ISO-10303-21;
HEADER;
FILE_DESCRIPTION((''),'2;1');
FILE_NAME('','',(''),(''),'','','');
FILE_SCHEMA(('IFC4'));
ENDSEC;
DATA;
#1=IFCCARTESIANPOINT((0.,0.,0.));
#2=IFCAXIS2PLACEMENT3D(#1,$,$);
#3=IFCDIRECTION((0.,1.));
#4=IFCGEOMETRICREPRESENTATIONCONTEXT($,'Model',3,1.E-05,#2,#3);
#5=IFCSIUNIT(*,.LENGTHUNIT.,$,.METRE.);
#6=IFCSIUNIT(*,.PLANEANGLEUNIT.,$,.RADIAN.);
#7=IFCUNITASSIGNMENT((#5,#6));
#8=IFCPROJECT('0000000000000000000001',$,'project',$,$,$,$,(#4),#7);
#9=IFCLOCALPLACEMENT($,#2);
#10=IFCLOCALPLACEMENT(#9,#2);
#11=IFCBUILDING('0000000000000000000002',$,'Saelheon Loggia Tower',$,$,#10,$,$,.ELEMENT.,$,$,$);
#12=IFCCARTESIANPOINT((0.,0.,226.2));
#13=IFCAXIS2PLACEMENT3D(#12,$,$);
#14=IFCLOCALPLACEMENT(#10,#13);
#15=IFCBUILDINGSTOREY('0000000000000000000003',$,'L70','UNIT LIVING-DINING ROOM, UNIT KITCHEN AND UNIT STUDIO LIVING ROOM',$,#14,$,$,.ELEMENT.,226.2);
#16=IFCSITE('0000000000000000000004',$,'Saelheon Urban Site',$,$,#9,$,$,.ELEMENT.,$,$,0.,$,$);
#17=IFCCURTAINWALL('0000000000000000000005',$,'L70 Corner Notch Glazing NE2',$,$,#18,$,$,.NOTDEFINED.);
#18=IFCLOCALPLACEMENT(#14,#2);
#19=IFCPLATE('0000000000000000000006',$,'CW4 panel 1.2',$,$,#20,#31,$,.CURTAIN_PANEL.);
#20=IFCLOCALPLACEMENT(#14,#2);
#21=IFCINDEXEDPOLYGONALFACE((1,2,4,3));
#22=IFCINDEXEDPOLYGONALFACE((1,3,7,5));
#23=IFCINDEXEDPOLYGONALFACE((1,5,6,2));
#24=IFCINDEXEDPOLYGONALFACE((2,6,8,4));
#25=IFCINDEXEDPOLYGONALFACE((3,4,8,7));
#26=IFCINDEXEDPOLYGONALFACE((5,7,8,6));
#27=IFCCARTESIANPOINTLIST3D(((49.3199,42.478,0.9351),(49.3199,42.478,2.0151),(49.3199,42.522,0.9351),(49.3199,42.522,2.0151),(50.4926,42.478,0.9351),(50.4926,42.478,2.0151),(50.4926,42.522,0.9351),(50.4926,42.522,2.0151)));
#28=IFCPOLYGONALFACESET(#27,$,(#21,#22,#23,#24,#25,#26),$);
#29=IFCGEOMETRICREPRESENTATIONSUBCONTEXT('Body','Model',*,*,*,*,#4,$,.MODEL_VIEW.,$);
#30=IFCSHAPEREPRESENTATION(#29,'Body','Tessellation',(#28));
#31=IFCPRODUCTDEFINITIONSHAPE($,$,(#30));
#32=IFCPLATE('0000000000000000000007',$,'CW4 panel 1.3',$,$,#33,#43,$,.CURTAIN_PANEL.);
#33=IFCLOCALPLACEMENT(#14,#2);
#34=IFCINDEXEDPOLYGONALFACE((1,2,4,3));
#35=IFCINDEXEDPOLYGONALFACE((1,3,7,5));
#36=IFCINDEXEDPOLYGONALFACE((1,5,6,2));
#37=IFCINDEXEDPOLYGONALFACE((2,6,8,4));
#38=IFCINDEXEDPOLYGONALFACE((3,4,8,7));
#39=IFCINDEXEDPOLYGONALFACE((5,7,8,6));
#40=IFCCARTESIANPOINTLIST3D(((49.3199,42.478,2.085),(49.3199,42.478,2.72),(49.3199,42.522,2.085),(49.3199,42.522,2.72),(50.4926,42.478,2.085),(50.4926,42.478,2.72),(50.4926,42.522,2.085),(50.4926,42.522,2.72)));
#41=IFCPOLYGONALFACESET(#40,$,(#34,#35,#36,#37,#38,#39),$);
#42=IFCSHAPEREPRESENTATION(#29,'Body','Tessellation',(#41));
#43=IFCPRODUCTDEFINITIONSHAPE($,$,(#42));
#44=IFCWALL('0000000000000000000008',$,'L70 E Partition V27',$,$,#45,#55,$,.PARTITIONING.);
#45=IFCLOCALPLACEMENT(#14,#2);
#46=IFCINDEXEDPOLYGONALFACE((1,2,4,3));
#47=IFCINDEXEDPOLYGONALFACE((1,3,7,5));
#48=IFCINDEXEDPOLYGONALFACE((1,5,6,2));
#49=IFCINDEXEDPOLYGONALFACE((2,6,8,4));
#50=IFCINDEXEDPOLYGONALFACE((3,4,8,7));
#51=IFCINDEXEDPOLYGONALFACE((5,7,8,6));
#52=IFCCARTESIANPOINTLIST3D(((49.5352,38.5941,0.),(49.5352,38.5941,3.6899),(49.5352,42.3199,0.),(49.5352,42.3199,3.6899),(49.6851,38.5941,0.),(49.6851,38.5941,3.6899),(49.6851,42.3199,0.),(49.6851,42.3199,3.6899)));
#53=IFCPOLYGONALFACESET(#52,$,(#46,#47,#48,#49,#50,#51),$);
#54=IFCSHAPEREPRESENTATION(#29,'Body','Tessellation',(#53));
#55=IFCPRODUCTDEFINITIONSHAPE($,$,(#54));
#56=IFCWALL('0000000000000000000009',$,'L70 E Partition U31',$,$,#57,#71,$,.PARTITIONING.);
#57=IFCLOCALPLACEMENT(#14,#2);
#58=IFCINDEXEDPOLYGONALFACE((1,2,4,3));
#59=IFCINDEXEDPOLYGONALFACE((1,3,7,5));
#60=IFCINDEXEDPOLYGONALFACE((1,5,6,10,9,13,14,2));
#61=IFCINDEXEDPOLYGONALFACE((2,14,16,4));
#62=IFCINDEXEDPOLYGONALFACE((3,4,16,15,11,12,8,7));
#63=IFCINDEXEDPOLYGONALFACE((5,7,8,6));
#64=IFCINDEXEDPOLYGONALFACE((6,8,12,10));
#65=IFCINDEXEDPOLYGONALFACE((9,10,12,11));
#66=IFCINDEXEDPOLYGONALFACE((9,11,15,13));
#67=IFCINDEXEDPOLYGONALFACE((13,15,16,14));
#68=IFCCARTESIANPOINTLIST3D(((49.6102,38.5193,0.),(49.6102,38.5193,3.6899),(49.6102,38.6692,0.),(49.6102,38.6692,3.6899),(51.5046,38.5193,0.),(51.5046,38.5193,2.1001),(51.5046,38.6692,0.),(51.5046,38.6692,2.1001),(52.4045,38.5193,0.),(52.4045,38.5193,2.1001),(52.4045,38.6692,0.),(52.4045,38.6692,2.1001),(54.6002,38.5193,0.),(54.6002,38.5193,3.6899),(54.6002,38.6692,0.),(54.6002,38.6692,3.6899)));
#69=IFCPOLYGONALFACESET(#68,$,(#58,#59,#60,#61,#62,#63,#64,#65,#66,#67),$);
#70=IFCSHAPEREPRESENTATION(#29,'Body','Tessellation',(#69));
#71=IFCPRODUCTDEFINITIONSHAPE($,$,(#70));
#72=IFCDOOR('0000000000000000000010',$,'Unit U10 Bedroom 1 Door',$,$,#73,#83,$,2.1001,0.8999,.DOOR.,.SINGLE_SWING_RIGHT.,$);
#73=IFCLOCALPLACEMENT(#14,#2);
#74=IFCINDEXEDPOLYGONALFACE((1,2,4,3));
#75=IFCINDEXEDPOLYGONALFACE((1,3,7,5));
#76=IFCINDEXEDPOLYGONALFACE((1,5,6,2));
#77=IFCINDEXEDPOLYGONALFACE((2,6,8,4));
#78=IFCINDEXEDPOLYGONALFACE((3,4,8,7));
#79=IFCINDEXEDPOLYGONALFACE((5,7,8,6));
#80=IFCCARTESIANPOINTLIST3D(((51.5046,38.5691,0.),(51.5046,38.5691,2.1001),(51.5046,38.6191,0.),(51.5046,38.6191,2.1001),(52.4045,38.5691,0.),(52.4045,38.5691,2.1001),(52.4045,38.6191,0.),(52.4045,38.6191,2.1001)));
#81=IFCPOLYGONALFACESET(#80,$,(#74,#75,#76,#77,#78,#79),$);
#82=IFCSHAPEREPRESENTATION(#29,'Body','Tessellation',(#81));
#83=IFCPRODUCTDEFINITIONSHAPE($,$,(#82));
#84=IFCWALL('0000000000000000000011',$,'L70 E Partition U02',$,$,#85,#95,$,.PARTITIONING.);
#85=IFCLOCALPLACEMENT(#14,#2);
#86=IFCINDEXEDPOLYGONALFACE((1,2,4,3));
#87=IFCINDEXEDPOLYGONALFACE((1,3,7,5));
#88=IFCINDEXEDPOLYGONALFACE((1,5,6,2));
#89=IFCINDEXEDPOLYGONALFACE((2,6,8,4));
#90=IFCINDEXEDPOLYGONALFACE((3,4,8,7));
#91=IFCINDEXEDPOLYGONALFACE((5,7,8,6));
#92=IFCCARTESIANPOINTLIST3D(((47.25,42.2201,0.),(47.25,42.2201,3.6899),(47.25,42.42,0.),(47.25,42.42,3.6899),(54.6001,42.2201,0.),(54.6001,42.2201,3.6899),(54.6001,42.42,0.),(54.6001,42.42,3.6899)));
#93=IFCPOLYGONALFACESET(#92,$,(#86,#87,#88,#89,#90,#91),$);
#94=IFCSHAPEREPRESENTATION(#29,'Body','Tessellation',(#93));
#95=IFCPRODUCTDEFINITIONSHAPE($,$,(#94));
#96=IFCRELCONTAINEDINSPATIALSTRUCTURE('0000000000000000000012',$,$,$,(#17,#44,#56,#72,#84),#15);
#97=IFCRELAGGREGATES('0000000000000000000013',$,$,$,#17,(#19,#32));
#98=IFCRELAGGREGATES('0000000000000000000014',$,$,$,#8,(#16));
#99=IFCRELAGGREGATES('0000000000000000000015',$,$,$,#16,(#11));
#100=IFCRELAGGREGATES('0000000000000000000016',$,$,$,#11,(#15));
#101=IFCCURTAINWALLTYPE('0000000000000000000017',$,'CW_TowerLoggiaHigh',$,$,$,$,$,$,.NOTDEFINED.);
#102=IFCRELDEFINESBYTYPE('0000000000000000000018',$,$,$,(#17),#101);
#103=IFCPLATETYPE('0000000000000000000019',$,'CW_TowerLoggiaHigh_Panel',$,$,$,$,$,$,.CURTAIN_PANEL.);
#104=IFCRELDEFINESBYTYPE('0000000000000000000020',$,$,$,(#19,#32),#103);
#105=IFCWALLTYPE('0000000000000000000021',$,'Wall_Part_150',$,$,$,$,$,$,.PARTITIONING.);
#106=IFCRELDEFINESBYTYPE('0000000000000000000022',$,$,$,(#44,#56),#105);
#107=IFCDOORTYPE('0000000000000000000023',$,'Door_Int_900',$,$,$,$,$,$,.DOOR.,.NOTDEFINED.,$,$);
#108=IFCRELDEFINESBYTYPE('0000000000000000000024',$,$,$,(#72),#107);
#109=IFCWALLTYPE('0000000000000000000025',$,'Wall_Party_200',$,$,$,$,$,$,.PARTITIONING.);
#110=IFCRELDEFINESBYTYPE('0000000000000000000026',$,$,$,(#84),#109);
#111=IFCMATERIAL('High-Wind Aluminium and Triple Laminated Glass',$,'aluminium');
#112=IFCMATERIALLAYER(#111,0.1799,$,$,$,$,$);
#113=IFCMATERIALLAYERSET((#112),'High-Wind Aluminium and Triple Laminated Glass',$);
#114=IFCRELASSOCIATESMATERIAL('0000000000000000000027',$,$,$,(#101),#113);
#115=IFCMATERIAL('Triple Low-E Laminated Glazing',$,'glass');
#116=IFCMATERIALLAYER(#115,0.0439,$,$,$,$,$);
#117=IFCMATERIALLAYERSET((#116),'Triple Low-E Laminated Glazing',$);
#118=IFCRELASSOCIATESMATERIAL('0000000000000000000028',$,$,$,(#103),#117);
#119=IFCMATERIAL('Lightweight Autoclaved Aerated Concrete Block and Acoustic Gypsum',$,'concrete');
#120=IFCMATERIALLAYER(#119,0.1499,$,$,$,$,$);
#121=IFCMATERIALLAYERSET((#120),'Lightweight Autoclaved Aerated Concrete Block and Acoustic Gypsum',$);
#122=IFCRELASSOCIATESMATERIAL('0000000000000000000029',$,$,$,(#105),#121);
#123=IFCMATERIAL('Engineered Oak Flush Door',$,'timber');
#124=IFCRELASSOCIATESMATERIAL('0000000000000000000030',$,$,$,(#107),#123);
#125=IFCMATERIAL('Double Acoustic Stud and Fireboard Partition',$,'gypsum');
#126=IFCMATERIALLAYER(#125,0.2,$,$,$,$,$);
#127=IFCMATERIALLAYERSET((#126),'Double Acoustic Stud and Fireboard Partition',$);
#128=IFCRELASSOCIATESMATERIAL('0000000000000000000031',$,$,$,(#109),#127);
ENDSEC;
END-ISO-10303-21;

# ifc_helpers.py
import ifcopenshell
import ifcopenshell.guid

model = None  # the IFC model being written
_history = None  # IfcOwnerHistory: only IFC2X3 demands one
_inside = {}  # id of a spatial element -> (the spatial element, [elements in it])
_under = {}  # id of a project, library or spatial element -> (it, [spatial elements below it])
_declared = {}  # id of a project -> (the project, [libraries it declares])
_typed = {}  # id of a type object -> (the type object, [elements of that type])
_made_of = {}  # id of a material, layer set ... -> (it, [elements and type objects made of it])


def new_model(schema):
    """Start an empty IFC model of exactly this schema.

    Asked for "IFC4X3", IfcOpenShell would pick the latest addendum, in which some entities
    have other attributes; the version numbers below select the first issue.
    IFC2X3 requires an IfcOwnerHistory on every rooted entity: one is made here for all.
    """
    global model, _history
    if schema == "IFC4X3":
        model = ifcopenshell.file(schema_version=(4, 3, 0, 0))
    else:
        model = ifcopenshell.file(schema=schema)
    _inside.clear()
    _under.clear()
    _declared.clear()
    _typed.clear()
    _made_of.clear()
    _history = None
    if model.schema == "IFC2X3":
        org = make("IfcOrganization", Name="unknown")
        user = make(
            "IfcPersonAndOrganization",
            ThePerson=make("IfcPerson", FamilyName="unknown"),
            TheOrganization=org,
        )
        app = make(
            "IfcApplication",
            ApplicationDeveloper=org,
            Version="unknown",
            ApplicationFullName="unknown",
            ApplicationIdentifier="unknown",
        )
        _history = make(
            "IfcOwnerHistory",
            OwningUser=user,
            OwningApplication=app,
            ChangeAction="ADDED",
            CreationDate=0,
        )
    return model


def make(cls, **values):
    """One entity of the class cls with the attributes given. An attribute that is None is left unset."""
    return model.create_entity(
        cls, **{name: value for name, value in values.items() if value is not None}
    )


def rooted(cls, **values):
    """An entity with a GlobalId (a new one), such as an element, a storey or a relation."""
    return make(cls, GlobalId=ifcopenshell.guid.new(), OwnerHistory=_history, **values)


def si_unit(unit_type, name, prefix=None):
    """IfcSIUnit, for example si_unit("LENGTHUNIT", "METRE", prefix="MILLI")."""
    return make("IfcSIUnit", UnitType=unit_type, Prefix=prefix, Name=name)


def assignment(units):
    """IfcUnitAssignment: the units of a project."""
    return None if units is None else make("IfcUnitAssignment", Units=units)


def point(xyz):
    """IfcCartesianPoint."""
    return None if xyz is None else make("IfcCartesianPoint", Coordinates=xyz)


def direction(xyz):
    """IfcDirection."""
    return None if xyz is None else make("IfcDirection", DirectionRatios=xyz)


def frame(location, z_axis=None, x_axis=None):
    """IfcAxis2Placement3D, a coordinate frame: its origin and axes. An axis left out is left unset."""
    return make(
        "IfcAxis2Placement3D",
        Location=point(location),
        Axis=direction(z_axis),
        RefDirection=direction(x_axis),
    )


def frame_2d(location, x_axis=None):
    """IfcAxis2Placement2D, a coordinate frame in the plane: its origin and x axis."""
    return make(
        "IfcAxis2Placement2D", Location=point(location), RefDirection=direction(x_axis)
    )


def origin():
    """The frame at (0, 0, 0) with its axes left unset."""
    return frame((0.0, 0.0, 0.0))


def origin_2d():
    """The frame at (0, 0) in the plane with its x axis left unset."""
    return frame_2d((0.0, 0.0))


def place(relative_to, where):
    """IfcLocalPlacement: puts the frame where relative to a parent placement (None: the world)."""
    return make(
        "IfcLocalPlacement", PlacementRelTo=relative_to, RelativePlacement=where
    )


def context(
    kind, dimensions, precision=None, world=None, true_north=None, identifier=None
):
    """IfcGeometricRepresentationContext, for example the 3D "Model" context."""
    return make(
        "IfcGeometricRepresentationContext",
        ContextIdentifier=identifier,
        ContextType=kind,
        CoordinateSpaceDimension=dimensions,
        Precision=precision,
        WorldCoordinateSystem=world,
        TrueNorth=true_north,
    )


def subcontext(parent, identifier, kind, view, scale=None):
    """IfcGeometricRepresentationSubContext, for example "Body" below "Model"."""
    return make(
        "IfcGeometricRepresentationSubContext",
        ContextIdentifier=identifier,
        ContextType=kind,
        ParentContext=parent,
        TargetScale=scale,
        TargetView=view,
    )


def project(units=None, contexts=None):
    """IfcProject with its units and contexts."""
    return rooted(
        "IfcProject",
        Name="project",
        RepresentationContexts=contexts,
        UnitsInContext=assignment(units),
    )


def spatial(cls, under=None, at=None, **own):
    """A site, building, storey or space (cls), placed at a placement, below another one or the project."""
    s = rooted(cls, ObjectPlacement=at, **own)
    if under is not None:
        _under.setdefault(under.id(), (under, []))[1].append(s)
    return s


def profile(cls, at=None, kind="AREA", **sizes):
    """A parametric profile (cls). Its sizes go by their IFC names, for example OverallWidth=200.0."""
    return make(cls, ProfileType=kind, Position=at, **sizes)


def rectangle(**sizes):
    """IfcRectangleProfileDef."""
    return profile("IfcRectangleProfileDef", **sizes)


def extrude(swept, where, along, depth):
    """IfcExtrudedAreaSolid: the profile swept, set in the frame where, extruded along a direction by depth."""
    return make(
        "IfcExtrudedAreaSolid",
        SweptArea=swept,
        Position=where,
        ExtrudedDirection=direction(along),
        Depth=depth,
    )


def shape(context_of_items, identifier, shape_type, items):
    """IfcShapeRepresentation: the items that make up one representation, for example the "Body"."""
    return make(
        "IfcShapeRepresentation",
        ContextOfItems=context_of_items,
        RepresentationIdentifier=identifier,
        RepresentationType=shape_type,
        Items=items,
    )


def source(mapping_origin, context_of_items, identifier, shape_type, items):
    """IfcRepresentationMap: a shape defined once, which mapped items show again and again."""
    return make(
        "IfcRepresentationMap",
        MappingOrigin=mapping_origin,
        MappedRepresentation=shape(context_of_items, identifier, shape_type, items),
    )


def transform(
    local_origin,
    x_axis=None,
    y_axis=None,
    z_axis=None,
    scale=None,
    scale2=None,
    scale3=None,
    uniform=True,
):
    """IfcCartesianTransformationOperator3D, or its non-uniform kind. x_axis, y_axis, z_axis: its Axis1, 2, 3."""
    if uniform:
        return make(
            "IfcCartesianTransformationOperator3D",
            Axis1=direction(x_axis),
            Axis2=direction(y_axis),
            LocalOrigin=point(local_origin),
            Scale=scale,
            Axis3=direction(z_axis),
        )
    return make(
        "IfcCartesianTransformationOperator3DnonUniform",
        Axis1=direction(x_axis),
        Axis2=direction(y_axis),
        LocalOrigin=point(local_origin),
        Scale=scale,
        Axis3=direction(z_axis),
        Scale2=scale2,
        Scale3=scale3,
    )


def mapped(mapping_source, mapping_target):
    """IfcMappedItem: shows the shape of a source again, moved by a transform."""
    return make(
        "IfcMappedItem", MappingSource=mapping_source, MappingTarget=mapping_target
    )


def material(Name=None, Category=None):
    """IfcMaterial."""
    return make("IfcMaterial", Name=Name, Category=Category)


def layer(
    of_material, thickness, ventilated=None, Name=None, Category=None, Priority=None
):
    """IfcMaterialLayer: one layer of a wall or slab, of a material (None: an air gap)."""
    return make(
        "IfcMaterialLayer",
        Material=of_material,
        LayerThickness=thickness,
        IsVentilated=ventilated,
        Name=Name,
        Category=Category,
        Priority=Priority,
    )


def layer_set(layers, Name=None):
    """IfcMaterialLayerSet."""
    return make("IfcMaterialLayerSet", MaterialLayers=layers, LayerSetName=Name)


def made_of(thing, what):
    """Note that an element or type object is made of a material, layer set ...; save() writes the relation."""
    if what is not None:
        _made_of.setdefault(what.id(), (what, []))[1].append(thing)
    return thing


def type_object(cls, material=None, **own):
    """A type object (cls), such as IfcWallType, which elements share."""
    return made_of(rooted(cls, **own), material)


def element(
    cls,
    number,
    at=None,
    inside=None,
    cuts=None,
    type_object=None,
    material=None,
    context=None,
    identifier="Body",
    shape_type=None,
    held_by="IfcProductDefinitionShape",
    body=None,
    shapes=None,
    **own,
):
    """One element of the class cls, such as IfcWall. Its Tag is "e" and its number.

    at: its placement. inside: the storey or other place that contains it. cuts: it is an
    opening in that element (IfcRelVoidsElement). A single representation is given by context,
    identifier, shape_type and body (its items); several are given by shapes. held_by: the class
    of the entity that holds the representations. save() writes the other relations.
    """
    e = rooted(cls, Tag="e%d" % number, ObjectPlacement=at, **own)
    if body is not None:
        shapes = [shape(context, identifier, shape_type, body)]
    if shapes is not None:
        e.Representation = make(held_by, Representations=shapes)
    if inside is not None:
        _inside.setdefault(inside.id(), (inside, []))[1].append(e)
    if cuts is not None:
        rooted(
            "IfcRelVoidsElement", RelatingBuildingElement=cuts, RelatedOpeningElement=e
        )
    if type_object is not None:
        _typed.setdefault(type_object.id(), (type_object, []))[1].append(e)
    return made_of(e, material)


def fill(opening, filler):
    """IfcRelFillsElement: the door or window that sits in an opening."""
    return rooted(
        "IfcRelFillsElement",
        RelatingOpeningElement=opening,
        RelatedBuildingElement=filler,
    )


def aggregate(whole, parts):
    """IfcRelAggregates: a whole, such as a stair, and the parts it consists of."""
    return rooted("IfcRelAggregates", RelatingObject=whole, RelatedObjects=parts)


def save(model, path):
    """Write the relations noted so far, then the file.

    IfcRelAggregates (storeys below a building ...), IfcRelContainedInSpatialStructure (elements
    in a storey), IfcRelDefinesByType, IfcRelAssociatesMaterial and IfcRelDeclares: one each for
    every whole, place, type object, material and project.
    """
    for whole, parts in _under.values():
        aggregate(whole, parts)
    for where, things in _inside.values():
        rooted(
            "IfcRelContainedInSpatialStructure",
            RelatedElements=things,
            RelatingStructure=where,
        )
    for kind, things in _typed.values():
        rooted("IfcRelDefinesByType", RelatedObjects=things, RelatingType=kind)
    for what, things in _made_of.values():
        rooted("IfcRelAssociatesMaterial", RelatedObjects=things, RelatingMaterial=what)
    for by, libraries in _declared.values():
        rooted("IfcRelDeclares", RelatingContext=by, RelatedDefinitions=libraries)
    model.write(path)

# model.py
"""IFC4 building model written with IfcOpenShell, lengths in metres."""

from ifc_helpers import new_model, si_unit, direction, frame, frame_2d, origin, origin_2d, place, context, subcontext, project, spatial, rectangle, extrude, source, transform, mapped, material, layer, layer_set, type_object, element, fill, aggregate, save


model = new_model("IFC4")

# Units and contexts
model_context = context("Model", 3, precision=1e-05, world=origin(), true_north=direction((0.0, 1.0)))
body_context = subcontext(model_context, "Body", "Model", "MODEL_VIEW")
ifc_project = project(units=[si_unit("LENGTHUNIT", "METRE"), si_unit("PLANEANGLEUNIT", "RADIAN")], contexts=[model_context])

# Site, building, storey
site_placement = place(None, origin())
site = spatial("IfcSite", under=ifc_project, at=site_placement, Name="Saelheon Urban Site", CompositionType="ELEMENT", RefElevation=0.0)
building_placement = place(site_placement, origin())
building = spatial("IfcBuilding", under=site, at=building_placement, Name="Saelheon Loggia Tower", CompositionType="ELEMENT")
storey_placement = place(building_placement, frame((0.0, 0.0, 226.2)))
storey = spatial("IfcBuildingStorey", under=building, at=storey_placement, Name="L70", Description="UNIT LIVING-DINING ROOM, UNIT KITCHEN AND UNIT STUDIO LIVING ROOM", CompositionType="ELEMENT", Elevation=226.2)

# Curtain wall, plates
ifc_material_1 = material(Name="High-Wind Aluminium and Triple Laminated Glass", Category="aluminium")
ifc_layer_1 = layer(ifc_material_1, 0.1799)
ifc_layer_set_1 = layer_set([ifc_layer_1], Name="High-Wind Aluminium and Triple Laminated Glass")
curtain_wall_type = type_object("IfcCurtainWallType", Name="CW_TowerLoggiaHigh", PredefinedType="NOTDEFINED", material=ifc_layer_set_1)
curtain_wall_placement = place(storey_placement, origin())
curtain_wall = element("IfcCurtainWall", 1, at=curtain_wall_placement, inside=storey, type_object=curtain_wall_type, Name="L70 Corner Notch Glazing NE2", PredefinedType="NOTDEFINED")
ifc_material_2 = material(Name="Triple Low-E Laminated Glazing", Category="glass")
ifc_layer_2 = layer(ifc_material_2, 0.0439)
ifc_layer_set_2 = layer_set([ifc_layer_2], Name="Triple Low-E Laminated Glazing")
plate_type = type_object("IfcPlateType", Name="CW_TowerLoggiaHigh_Panel", PredefinedType="CURTAIN_PANEL", material=ifc_layer_set_2)
shared_shape_1 = source(origin(), body_context, "Body", "SweptSolid", [
    extrude(rectangle(XDim=1.1726, YDim=0.0439, at=origin_2d()), origin(), (0.0, 0.0, 1.0), 1.0801),
])
plate_1_placement = place(storey_placement, frame((49.9062, 42.5, 0.9351), z_axis=(0.0, 0.0, 1.0), x_axis=(1.0, 0.0, 0.0)))
plate_1 = element("IfcPlate", 2, at=plate_1_placement, type_object=plate_type, Name="CW4 panel 1.2", PredefinedType="CURTAIN_PANEL", context=body_context, shape_type="MappedRepresentation", body=[
    mapped(shared_shape_1, transform((0.0, 0.0, 0.0), scale=1.0)),
])
shared_shape_2 = source(origin(), body_context, "Body", "SweptSolid", [
    extrude(rectangle(XDim=1.1726, YDim=0.0439, at=origin_2d()), origin(), (0.0, 0.0, 1.0), 0.635),
])
plate_2_placement = place(storey_placement, frame((49.9062, 42.5, 2.085), z_axis=(0.0, 0.0, 1.0), x_axis=(1.0, 0.0, 0.0)))
plate_2 = element("IfcPlate", 3, at=plate_2_placement, type_object=plate_type, Name="CW4 panel 1.3", PredefinedType="CURTAIN_PANEL", context=body_context, shape_type="MappedRepresentation", body=[
    mapped(shared_shape_2, transform((0.0, 0.0, 0.0), scale=1.0)),
])
aggregate(curtain_wall, [plate_1, plate_2])

# Wall
ifc_material_3 = material(Name="Lightweight Autoclaved Aerated Concrete Block and Acoustic Gypsum", Category="concrete")
ifc_layer_3 = layer(ifc_material_3, 0.1499)
ifc_layer_set_3 = layer_set([ifc_layer_3], Name="Lightweight Autoclaved Aerated Concrete Block and Acoustic Gypsum")
wall_type_1 = type_object("IfcWallType", Name="Wall_Part_150", PredefinedType="PARTITIONING", material=ifc_layer_set_3)
wall_1_placement = place(storey_placement, frame((49.6101, 38.5942, 0.0), z_axis=(0.0, 0.0, 1.0), x_axis=(0.0, 1.0, 0.0)))
element("IfcWall", 4, at=wall_1_placement, inside=storey, type_object=wall_type_1, Name="L70 E Partition V27", PredefinedType="PARTITIONING", context=body_context, shape_type="SweptSolid", body=[
    extrude(rectangle(XDim=3.7258, YDim=0.1499, at=frame_2d((1.8628, 0.0))), origin(), (0.0, 0.0, 1.0), 3.6899),
])

# Wall, opening, door
wall_2_placement = place(storey_placement, frame((49.6101, 38.5942, 0.0), z_axis=(0.0, 0.0, 1.0), x_axis=(1.0, 0.0, 0.0)))
wall_2 = element("IfcWall", 5, at=wall_2_placement, inside=storey, type_object=wall_type_1, Name="L70 E Partition U31", PredefinedType="PARTITIONING", context=body_context, shape_type="SweptSolid", body=[
    extrude(rectangle(XDim=4.99, YDim=0.1499, at=frame_2d((2.4951, 0.0))), origin(), (0.0, 0.0, 1.0), 3.6899),
])
opening_placement = place(wall_2_placement, frame((1.8945, 0.0, 0.0)))
opening = element("IfcOpeningElement", 6, at=opening_placement, cuts=wall_2, PredefinedType="OPENING", context=body_context, shape_type="SweptSolid", body=[
    extrude(rectangle(XDim=0.8999, YDim=2.1001, at=frame_2d((0.45, 1.05))), frame((0.0, 0.0869, 0.0), z_axis=(0.0, -1.0, 0.0), x_axis=(1.0, 0.0, 0.0)), (0.0, 0.0, 1.0), 0.1738),
])
ifc_material_4 = material(Name="Engineered Oak Flush Door", Category="timber")
door_type = type_object("IfcDoorType", Name="Door_Int_900", OperationType="NOTDEFINED", PredefinedType="DOOR", material=ifc_material_4)
shared_shape_3 = source(origin(), body_context, "Body", "SweptSolid", [
    extrude(rectangle(XDim=0.8999, YDim=2.1001, at=frame_2d((0.45, 1.05))), frame((0.0, 0.0249, 0.0), z_axis=(0.0, -1.0, 0.0), x_axis=(1.0, 0.0, 0.0)), (0.0, 0.0, 1.0), 0.05),
])
door_placement = place(opening_placement, origin())
door = element("IfcDoor", 7, at=door_placement, inside=storey, type_object=door_type, Name="Unit U10 Bedroom 1 Door", OperationType="SINGLE_SWING_RIGHT", OverallHeight=2.1001, OverallWidth=0.8999, PredefinedType="DOOR", context=body_context, shape_type="MappedRepresentation", body=[
    mapped(shared_shape_3, transform((0.0, 0.0, 0.0), scale=1.0)),
])
fill(opening, door)

# Wall
ifc_material_5 = material(Name="Double Acoustic Stud and Fireboard Partition", Category="gypsum")
ifc_layer_4 = layer(ifc_material_5, 0.2)
ifc_layer_set_4 = layer_set([ifc_layer_4], Name="Double Acoustic Stud and Fireboard Partition")
wall_type_2 = type_object("IfcWallType", Name="Wall_Party_200", PredefinedType="PARTITIONING", material=ifc_layer_set_4)
wall_3_placement = place(storey_placement, frame((47.25, 42.3201, 0.0), z_axis=(0.0, 0.0, 1.0), x_axis=(1.0, 0.0, 0.0)))
element("IfcWall", 8, at=wall_3_placement, inside=storey, type_object=wall_type_2, Name="L70 E Partition U02", PredefinedType="PARTITIONING", context=body_context, shape_type="SweptSolid", body=[
    extrude(rectangle(XDim=7.3501, YDim=0.2, at=frame_2d((3.675, 0.0))), origin(), (0.0, 0.0, 1.0), 3.6899),
])

save(model, "model.ifc")
